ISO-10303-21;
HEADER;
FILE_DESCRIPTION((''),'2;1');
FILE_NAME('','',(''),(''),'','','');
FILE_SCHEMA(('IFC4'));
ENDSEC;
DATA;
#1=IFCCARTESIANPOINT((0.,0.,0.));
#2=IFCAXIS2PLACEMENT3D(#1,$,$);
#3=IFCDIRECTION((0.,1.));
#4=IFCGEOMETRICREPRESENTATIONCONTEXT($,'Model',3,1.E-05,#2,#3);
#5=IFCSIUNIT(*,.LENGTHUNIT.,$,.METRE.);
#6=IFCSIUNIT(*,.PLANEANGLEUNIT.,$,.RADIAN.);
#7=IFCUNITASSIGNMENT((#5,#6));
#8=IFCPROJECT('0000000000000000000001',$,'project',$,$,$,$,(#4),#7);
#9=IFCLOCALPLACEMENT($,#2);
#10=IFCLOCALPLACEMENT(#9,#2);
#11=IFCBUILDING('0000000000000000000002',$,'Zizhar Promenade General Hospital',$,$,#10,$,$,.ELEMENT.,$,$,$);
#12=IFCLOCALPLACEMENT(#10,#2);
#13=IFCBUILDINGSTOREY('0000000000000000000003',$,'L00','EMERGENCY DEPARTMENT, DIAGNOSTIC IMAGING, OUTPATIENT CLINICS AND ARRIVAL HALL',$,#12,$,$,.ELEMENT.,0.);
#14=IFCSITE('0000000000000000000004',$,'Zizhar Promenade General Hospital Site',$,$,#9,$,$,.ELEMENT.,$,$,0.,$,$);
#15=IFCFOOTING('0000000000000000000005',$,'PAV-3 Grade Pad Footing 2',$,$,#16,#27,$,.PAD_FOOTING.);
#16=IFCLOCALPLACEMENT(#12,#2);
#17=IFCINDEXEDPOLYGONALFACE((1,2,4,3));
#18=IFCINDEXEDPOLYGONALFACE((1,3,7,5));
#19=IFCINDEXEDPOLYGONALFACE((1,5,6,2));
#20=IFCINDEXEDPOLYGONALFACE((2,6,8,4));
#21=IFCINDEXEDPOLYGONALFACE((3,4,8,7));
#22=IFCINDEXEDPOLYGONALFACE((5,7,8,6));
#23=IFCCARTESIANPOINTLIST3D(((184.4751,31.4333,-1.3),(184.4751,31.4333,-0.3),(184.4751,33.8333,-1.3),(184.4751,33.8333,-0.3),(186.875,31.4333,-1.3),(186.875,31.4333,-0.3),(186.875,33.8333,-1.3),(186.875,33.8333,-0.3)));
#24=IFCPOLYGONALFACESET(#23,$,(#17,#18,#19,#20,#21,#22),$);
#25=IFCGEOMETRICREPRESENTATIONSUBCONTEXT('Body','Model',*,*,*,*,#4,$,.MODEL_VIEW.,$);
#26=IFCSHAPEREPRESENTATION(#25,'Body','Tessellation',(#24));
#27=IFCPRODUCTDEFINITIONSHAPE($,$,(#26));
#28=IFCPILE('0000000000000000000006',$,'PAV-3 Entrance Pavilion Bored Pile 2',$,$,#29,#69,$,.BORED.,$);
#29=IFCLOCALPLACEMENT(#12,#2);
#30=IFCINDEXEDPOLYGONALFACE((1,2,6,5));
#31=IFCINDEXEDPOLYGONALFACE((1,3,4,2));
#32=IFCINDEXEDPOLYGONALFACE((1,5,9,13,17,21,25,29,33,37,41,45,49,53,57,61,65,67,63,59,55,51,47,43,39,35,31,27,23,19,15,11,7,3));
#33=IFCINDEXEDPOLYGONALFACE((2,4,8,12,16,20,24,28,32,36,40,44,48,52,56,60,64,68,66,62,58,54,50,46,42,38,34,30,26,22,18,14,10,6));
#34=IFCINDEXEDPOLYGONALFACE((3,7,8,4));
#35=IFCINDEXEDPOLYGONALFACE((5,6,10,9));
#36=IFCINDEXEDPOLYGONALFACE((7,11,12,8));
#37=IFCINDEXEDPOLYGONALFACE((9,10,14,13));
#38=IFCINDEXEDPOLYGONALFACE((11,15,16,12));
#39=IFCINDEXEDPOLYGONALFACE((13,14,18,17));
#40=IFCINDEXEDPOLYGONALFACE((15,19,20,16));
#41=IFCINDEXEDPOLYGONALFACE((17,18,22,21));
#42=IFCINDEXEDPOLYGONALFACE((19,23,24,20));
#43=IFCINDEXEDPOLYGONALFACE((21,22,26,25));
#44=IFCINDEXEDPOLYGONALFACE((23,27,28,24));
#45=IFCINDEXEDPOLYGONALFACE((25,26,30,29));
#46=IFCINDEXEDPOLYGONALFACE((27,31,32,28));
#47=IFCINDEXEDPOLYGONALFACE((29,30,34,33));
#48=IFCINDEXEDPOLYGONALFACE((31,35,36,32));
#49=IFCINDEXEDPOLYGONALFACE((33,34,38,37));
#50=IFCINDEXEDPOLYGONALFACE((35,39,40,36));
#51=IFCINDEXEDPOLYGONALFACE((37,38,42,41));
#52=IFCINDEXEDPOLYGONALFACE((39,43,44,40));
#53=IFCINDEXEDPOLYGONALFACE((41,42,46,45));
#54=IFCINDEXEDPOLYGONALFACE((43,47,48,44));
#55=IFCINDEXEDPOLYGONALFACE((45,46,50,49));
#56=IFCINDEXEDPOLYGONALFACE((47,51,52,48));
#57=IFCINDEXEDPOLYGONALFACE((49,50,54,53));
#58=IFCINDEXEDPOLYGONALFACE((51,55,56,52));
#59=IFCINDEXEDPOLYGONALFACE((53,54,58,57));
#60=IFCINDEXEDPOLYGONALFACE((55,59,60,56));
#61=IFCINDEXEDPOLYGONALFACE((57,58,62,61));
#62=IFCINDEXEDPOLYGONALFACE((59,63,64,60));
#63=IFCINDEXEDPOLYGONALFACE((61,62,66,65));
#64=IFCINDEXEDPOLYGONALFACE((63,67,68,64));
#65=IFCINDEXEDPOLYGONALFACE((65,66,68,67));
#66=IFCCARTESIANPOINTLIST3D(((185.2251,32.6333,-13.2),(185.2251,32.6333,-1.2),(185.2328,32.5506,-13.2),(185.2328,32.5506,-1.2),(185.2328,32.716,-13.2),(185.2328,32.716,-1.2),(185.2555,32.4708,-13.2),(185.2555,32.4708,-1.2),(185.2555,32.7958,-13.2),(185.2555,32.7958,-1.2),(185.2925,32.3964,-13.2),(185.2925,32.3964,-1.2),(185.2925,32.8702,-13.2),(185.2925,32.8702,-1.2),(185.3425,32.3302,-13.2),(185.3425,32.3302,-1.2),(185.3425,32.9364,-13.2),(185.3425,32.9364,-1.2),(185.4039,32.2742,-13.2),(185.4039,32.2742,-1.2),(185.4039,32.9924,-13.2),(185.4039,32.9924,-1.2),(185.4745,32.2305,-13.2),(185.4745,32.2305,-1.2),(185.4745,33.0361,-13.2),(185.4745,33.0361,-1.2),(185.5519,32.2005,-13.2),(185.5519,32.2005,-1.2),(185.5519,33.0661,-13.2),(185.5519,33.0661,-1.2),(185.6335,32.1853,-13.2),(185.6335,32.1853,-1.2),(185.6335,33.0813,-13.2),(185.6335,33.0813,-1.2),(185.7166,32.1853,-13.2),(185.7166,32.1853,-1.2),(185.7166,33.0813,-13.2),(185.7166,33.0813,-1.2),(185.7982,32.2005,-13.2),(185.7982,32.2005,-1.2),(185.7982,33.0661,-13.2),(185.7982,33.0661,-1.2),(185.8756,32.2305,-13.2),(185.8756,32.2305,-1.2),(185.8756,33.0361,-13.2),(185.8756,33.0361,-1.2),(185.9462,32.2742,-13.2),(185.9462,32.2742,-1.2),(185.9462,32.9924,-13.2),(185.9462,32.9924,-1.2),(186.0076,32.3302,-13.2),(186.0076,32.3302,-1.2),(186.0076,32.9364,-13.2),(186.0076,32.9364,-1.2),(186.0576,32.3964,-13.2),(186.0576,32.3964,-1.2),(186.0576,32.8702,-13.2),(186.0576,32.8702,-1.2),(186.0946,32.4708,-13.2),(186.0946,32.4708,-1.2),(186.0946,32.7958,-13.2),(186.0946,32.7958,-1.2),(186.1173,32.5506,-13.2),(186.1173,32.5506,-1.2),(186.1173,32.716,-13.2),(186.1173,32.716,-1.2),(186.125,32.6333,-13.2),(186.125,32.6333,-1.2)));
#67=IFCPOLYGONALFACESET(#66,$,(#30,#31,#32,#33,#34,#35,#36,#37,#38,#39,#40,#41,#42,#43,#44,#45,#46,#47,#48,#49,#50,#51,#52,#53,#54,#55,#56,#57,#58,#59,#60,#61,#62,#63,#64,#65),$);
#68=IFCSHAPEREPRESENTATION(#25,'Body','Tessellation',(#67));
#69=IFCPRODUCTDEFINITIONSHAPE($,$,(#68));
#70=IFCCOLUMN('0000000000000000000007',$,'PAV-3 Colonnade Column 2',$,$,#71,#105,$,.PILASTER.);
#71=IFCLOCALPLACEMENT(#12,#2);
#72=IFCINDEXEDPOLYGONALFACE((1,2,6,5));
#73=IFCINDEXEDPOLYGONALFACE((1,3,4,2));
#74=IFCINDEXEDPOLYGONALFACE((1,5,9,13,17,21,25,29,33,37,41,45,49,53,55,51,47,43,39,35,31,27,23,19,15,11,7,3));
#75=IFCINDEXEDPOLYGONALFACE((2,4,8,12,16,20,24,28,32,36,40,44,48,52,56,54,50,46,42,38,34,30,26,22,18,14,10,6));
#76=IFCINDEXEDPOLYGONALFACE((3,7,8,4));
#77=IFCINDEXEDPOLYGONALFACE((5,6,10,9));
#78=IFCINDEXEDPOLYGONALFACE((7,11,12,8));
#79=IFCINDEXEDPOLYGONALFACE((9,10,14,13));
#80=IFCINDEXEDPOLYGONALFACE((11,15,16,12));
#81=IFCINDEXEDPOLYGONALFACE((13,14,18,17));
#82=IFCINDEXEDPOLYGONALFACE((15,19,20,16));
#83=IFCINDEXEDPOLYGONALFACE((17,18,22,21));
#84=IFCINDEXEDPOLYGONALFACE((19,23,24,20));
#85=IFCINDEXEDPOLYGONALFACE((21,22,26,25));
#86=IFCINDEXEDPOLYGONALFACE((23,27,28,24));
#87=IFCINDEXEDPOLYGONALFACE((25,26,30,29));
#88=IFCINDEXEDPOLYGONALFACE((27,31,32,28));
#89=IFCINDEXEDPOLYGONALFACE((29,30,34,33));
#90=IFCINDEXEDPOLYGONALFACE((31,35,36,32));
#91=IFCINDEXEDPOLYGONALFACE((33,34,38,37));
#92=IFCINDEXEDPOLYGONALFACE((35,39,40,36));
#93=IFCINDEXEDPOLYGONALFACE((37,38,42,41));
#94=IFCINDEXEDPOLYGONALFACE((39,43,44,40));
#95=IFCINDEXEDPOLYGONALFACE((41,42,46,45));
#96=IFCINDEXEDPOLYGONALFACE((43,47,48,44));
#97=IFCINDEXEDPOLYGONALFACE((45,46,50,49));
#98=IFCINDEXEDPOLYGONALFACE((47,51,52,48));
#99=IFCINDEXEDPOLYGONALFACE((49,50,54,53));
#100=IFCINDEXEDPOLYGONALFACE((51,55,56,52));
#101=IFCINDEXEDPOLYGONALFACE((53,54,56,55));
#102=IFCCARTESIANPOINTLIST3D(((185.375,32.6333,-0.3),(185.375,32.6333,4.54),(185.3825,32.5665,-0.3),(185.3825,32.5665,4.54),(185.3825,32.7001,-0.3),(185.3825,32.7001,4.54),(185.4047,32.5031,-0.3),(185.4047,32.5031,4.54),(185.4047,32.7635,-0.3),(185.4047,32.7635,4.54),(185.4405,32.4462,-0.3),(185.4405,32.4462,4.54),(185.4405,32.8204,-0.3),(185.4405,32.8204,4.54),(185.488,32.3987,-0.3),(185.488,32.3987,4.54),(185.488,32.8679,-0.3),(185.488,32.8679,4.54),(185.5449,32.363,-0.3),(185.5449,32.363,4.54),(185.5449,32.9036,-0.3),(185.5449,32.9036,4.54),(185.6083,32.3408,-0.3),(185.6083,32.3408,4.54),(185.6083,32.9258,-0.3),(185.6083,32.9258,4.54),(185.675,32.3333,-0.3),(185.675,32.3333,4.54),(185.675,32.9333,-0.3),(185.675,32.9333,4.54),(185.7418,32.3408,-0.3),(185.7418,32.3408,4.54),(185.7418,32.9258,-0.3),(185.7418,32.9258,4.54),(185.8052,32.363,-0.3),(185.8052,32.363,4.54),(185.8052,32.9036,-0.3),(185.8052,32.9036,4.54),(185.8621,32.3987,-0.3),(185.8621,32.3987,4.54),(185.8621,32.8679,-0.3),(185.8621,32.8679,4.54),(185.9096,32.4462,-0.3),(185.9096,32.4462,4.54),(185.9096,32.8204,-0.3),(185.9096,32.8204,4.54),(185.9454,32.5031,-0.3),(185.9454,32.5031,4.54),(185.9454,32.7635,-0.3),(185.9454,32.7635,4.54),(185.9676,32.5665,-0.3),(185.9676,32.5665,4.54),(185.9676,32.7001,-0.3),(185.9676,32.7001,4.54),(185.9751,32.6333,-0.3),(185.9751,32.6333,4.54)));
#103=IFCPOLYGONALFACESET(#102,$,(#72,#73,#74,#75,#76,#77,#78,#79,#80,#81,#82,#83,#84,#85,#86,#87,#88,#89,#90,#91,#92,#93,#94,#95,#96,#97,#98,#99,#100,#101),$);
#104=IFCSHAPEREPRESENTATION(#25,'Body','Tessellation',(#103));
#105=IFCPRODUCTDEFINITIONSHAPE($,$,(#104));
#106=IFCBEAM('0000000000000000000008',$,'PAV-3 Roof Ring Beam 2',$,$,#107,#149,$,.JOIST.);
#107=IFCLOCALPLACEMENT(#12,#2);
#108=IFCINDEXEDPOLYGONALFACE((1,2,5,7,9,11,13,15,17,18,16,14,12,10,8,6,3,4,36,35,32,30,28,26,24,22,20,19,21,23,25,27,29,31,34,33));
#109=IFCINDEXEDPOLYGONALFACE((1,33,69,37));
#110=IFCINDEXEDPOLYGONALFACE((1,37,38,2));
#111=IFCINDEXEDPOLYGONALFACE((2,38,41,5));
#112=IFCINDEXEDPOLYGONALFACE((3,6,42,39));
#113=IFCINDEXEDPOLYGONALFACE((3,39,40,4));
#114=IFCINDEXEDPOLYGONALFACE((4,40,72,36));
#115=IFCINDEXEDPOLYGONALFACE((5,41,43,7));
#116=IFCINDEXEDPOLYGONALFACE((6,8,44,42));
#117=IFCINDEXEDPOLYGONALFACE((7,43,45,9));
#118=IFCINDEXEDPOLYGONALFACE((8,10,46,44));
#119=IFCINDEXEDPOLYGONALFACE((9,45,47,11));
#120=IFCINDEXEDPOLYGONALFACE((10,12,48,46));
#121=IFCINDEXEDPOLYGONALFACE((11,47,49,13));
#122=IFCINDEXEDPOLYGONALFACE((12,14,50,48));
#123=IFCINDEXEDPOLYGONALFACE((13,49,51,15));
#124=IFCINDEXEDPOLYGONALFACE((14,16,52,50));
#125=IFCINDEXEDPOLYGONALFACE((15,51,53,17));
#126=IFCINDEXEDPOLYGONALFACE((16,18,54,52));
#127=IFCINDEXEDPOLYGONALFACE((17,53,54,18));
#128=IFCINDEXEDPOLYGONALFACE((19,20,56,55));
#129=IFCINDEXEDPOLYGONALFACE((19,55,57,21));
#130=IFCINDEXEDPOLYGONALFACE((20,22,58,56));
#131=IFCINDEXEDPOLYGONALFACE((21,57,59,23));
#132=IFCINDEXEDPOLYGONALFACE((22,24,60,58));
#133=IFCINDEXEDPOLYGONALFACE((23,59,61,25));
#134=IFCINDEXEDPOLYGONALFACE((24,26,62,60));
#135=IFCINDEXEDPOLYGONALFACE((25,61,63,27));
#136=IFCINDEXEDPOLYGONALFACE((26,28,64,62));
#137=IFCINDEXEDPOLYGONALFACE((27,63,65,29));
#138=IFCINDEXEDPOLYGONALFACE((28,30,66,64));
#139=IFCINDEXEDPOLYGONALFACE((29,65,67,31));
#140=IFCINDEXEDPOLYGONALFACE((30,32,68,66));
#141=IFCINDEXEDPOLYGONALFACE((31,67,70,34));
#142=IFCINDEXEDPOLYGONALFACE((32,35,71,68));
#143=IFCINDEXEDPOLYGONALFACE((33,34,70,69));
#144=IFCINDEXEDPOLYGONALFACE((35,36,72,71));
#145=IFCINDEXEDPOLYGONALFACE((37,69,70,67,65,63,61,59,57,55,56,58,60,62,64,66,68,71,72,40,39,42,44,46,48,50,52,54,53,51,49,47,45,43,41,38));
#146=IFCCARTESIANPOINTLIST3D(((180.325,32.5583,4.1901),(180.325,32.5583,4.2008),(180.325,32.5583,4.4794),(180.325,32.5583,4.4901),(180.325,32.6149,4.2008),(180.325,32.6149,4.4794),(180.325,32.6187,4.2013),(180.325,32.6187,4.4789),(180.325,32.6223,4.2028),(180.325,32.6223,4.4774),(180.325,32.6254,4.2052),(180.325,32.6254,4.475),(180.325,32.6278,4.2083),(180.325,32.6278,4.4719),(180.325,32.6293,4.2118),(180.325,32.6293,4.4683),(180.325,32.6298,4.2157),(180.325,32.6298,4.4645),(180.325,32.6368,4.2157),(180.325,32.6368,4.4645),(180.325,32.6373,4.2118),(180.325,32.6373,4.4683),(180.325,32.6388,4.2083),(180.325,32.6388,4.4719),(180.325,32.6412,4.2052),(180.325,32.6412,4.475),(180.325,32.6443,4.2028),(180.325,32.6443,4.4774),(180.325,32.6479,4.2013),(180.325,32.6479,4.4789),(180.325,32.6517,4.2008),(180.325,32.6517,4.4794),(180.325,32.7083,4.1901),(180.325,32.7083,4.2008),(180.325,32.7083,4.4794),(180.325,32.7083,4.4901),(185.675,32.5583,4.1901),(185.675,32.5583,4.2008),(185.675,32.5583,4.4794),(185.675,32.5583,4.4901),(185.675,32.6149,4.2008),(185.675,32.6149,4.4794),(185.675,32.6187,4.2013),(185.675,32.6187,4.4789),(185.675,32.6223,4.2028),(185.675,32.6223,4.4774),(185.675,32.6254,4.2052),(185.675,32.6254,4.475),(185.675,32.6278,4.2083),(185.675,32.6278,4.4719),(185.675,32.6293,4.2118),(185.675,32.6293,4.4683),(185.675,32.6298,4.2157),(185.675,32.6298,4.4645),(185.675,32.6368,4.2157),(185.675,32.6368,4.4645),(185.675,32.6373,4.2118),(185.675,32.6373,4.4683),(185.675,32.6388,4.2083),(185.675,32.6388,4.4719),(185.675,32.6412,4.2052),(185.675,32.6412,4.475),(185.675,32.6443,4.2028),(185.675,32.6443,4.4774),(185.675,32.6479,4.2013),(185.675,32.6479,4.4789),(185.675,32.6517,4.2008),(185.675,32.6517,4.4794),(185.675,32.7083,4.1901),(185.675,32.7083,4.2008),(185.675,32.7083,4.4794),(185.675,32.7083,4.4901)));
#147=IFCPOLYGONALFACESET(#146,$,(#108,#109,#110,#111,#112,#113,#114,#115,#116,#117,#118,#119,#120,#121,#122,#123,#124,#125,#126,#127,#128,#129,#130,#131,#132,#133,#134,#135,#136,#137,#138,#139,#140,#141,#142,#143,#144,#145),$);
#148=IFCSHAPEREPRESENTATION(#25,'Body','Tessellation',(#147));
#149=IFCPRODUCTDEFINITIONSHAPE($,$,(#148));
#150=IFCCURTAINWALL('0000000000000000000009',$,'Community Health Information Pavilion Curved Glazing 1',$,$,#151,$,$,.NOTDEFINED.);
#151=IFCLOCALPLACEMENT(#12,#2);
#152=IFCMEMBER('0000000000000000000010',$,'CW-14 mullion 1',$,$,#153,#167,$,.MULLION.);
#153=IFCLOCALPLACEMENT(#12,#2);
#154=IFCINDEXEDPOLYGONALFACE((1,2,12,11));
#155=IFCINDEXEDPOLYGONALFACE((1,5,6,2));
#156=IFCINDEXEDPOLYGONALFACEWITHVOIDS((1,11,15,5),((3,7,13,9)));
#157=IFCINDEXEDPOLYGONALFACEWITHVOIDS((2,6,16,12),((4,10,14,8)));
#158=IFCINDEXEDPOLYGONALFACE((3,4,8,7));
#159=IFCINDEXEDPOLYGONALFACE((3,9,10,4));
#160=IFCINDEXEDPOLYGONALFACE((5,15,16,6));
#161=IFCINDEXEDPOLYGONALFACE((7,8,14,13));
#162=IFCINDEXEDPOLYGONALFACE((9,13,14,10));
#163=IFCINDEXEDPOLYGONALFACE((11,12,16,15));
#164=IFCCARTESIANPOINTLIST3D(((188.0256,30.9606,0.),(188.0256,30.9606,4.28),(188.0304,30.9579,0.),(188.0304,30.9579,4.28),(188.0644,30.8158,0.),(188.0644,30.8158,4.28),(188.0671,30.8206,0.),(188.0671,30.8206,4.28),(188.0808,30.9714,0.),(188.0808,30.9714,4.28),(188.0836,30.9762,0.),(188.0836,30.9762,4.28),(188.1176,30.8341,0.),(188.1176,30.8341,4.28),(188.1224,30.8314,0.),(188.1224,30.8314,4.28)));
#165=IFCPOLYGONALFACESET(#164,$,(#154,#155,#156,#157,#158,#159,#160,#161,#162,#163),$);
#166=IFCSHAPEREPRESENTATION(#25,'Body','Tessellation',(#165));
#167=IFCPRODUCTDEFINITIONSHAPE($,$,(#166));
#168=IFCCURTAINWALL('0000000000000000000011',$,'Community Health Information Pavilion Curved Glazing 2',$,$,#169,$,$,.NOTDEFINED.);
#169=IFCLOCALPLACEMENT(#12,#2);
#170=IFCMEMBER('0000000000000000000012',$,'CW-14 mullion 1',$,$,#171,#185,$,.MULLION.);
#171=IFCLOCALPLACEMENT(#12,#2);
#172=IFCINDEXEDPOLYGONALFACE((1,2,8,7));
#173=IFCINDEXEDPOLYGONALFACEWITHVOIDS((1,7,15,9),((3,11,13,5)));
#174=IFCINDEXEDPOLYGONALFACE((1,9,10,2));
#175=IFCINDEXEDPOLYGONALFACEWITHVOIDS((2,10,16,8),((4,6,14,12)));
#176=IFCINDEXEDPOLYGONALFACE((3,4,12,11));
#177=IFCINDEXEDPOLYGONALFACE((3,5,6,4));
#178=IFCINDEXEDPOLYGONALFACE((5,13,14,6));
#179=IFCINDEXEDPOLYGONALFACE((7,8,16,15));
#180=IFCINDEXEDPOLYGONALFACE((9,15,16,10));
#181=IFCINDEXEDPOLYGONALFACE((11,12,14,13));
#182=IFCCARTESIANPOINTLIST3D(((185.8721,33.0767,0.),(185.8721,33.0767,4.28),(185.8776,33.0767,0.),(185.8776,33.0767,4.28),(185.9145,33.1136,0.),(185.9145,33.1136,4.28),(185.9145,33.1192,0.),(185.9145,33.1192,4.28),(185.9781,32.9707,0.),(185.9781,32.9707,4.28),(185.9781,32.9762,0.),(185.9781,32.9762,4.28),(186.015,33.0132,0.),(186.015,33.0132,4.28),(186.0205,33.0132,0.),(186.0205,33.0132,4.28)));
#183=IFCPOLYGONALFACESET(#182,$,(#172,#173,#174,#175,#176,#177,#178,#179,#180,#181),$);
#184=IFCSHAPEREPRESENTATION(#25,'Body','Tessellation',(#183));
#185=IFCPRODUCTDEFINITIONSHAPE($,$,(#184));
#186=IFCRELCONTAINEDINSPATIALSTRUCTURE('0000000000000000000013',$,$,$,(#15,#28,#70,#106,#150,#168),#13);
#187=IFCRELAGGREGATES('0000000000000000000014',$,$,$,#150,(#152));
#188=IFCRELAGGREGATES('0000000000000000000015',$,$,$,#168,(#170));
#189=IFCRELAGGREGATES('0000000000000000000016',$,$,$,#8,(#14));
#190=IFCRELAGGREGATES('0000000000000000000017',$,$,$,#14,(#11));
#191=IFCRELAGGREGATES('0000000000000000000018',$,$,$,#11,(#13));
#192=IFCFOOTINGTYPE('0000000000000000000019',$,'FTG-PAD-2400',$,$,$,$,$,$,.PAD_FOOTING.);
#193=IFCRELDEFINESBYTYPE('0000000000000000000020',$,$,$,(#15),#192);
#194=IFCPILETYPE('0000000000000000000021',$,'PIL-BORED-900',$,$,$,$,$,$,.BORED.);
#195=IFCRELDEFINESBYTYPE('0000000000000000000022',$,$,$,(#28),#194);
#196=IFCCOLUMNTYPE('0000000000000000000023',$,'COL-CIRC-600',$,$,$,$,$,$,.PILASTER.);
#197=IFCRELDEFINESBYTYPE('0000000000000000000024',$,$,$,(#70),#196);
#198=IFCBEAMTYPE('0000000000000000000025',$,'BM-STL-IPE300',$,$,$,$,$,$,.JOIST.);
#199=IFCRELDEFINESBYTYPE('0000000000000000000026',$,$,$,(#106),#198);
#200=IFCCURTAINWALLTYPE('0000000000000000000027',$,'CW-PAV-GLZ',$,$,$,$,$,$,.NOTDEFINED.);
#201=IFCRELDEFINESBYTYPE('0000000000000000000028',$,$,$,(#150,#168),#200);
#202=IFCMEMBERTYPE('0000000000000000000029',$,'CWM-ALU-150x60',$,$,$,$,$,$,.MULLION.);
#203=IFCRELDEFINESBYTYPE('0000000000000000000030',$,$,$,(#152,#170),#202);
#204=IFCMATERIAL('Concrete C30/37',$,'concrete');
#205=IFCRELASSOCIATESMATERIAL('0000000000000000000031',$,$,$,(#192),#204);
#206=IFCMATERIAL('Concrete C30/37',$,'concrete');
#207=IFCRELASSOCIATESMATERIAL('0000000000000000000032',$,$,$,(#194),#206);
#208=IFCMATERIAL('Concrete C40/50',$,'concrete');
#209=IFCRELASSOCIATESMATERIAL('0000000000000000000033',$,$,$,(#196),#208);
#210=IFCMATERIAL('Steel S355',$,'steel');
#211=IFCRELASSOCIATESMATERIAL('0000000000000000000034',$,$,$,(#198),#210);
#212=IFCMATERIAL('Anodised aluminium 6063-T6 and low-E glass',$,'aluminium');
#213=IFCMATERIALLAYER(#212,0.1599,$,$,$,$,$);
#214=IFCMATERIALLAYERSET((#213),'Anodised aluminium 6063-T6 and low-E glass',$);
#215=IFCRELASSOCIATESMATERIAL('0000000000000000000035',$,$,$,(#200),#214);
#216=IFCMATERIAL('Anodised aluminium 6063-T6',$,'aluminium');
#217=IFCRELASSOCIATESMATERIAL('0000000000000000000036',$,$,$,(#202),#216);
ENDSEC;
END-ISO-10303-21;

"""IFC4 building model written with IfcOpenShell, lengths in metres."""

from ifc_helpers import new_model, si_unit, direction, frame, origin, origin_2d, place, context, subcontext, project, spatial, rectangle, hollow_rectangle, circle, i_section, extrude, material, layer, layer_set, material_profile, profile_set, type_object, element, aggregate, save


model = new_model("IFC4")

# Units and contexts
model_context = context("Model", 3, precision=1e-05, world=origin(), true_north=direction((0.0, 1.0)))
body_context = subcontext(model_context, "Body", "Model", "MODEL_VIEW")
ifc_project = project(units=[si_unit("LENGTHUNIT", "METRE"), si_unit("PLANEANGLEUNIT", "RADIAN")], contexts=[model_context])

# Site, building, storey
site_placement = place(None, origin())
site = spatial("IfcSite", under=ifc_project, at=site_placement, Name="Zizhar Promenade General Hospital Site", CompositionType="ELEMENT", RefElevation=0.0)
building_placement = place(site_placement, origin())
building = spatial("IfcBuilding", under=site, at=building_placement, Name="Zizhar Promenade General Hospital", CompositionType="ELEMENT")
storey_placement = place(building_placement, origin())
storey = spatial("IfcBuildingStorey", under=building, at=storey_placement, Name="L00", Description="EMERGENCY DEPARTMENT, DIAGNOSTIC IMAGING, OUTPATIENT CLINICS AND ARRIVAL HALL", CompositionType="ELEMENT", Elevation=0.0)

# Footing
ifc_material_1 = material(Name="Concrete C30/37", Category="concrete")
footing_type = type_object("IfcFootingType", Name="FTG-PAD-2400", PredefinedType="PAD_FOOTING", material=ifc_material_1)
footing_placement = place(storey_placement, frame((185.675, 32.6333, -1.3), z_axis=(0.0, 0.0, 1.0), x_axis=(1.0, 0.0, 0.0)))
element("IfcFooting", 1, at=footing_placement, inside=storey, type_object=footing_type, Name="PAV-3 Grade Pad Footing 2", PredefinedType="PAD_FOOTING", context=body_context, shape_type="SweptSolid", body=[
    extrude(rectangle(XDim=2.3999, YDim=2.3999, at=origin_2d()), origin(), (0.0, 0.0, 1.0), 1.0),
])

# Pile
ifc_material_2 = material(Name="Concrete C30/37", Category="concrete")
ifc_material_profile_1 = material_profile(ifc_material_2, circle(Radius=0.45, at=origin_2d()))
ifc_profile_set_1 = profile_set([ifc_material_profile_1], Name="Concrete C30/37")
pile_type = type_object("IfcPileType", Name="PIL-BORED-900", PredefinedType="BORED", material=ifc_profile_set_1)
pile_placement = place(storey_placement, frame((185.675, 32.6333, -1.2), z_axis=(0.0, 0.0, -1.0), x_axis=(1.0, 0.0, 0.0)))
element("IfcPile", 2, at=pile_placement, inside=storey, type_object=pile_type, Name="PAV-3 Entrance Pavilion Bored Pile 2", PredefinedType="BORED", context=body_context, shape_type="SweptSolid", body=[
    extrude(circle(Radius=0.45, at=origin_2d()), origin(), (0.0, 0.0, 1.0), 12.0),
])

# Column
ifc_material_3 = material(Name="Concrete C40/50", Category="concrete")
ifc_material_profile_2 = material_profile(ifc_material_3, circle(Radius=0.3, at=origin_2d()))
ifc_profile_set_2 = profile_set([ifc_material_profile_2], Name="Concrete C40/50")
column_type = type_object("IfcColumnType", Name="COL-CIRC-600", PredefinedType="PILASTER", material=ifc_profile_set_2)
column_placement = place(storey_placement, frame((185.675, 32.6333, -0.3), z_axis=(0.0, 0.0, 1.0), x_axis=(1.0, 0.0, 0.0)))
element("IfcColumn", 3, at=column_placement, inside=storey, type_object=column_type, Name="PAV-3 Colonnade Column 2", PredefinedType="PILASTER", context=body_context, shape_type="SweptSolid", body=[
    extrude(circle(Radius=0.3, at=origin_2d()), origin(), (0.0, 0.0, 1.0), 4.8401),
])

# Beam
ifc_material_4 = material(Name="Steel S355", Category="steel")
ifc_material_profile_3 = material_profile(ifc_material_4, i_section(OverallWidth=0.1499, OverallDepth=0.3, WebThickness=0.0071, FlangeThickness=0.0107, FilletRadius=0.0149, at=origin_2d()))
ifc_profile_set_3 = profile_set([ifc_material_profile_3], Name="Steel S355")
beam_type = type_object("IfcBeamType", Name="BM-STL-IPE300", PredefinedType="JOIST", material=ifc_profile_set_3)
beam_placement = place(storey_placement, frame((185.675, 32.6333, 4.3401), z_axis=(-1.0, 0.0, 0.0), x_axis=(0.0, -1.0, 0.0)))
element("IfcBeam", 4, at=beam_placement, inside=storey, type_object=beam_type, Name="PAV-3 Roof Ring Beam 2", PredefinedType="JOIST", context=body_context, shape_type="SweptSolid", body=[
    extrude(i_section(OverallWidth=0.1499, OverallDepth=0.3, WebThickness=0.0071, FlangeThickness=0.0107, FilletRadius=0.0149, at=origin_2d()), origin(), (0.0, 0.0, 1.0), 5.3501),
])

# Curtain wall, member
ifc_material_5 = material(Name="Anodised aluminium 6063-T6 and low-E glass", Category="aluminium")
ifc_layer_1 = layer(ifc_material_5, 0.1599)
ifc_layer_set_1 = layer_set([ifc_layer_1], Name="Anodised aluminium 6063-T6 and low-E glass")
curtain_wall_type = type_object("IfcCurtainWallType", Name="CW-PAV-GLZ", PredefinedType="NOTDEFINED", material=ifc_layer_set_1)
curtain_wall_1_placement = place(storey_placement, origin())
curtain_wall_1 = element("IfcCurtainWall", 5, at=curtain_wall_1_placement, inside=storey, type_object=curtain_wall_type, Name="Community Health Information Pavilion Curved Glazing 1", PredefinedType="NOTDEFINED")
ifc_material_6 = material(Name="Anodised aluminium 6063-T6", Category="aluminium")
ifc_material_profile_4 = material_profile(ifc_material_6, hollow_rectangle(XDim=0.0601, YDim=0.1499, WallThickness=0.0039, at=origin_2d()))
ifc_profile_set_4 = profile_set([ifc_material_profile_4], Name="Anodised aluminium 6063-T6")
member_type_1 = type_object("IfcMemberType", Name="CWM-ALU-150x60", PredefinedType="MULLION", material=ifc_profile_set_4)
member_1_placement = place(storey_placement, frame((188.074, 30.896, 0.0), z_axis=(0.0, 0.0, 1.0), x_axis=(0.965922, 0.258834, 0.0)))
member_1 = element("IfcMember", 6, at=member_1_placement, type_object=member_type_1, Name="CW-14 mullion 1", PredefinedType="MULLION", context=body_context, shape_type="SweptSolid", body=[
    extrude(hollow_rectangle(XDim=0.0601, YDim=0.1499, WallThickness=0.0039, at=origin_2d()), origin(), (0.0, 0.0, 1.0), 4.28),
])

# Curtain wall, member
curtain_wall_2_placement = place(storey_placement, origin())
curtain_wall_2 = element("IfcCurtainWall", 7, at=curtain_wall_2_placement, inside=storey, type_object=curtain_wall_type, Name="Community Health Information Pavilion Curved Glazing 2", PredefinedType="NOTDEFINED")
member_2_placement = place(storey_placement, frame((185.9463, 33.0449, 0.0), z_axis=(0.0, 0.0, 1.0), x_axis=(0.707107, 0.707107, 0.0)))
member_2 = element("IfcMember", 8, at=member_2_placement, type_object=member_type_1, Name="CW-14 mullion 1", PredefinedType="MULLION", context=body_context, shape_type="SweptSolid", body=[
    extrude(hollow_rectangle(XDim=0.0601, YDim=0.1499, WallThickness=0.0039, at=origin_2d()), origin(), (0.0, 0.0, 1.0), 4.28),
])

aggregate(curtain_wall_1, [member_1])
aggregate(curtain_wall_2, [member_2])

save(model, "model.ifc")
